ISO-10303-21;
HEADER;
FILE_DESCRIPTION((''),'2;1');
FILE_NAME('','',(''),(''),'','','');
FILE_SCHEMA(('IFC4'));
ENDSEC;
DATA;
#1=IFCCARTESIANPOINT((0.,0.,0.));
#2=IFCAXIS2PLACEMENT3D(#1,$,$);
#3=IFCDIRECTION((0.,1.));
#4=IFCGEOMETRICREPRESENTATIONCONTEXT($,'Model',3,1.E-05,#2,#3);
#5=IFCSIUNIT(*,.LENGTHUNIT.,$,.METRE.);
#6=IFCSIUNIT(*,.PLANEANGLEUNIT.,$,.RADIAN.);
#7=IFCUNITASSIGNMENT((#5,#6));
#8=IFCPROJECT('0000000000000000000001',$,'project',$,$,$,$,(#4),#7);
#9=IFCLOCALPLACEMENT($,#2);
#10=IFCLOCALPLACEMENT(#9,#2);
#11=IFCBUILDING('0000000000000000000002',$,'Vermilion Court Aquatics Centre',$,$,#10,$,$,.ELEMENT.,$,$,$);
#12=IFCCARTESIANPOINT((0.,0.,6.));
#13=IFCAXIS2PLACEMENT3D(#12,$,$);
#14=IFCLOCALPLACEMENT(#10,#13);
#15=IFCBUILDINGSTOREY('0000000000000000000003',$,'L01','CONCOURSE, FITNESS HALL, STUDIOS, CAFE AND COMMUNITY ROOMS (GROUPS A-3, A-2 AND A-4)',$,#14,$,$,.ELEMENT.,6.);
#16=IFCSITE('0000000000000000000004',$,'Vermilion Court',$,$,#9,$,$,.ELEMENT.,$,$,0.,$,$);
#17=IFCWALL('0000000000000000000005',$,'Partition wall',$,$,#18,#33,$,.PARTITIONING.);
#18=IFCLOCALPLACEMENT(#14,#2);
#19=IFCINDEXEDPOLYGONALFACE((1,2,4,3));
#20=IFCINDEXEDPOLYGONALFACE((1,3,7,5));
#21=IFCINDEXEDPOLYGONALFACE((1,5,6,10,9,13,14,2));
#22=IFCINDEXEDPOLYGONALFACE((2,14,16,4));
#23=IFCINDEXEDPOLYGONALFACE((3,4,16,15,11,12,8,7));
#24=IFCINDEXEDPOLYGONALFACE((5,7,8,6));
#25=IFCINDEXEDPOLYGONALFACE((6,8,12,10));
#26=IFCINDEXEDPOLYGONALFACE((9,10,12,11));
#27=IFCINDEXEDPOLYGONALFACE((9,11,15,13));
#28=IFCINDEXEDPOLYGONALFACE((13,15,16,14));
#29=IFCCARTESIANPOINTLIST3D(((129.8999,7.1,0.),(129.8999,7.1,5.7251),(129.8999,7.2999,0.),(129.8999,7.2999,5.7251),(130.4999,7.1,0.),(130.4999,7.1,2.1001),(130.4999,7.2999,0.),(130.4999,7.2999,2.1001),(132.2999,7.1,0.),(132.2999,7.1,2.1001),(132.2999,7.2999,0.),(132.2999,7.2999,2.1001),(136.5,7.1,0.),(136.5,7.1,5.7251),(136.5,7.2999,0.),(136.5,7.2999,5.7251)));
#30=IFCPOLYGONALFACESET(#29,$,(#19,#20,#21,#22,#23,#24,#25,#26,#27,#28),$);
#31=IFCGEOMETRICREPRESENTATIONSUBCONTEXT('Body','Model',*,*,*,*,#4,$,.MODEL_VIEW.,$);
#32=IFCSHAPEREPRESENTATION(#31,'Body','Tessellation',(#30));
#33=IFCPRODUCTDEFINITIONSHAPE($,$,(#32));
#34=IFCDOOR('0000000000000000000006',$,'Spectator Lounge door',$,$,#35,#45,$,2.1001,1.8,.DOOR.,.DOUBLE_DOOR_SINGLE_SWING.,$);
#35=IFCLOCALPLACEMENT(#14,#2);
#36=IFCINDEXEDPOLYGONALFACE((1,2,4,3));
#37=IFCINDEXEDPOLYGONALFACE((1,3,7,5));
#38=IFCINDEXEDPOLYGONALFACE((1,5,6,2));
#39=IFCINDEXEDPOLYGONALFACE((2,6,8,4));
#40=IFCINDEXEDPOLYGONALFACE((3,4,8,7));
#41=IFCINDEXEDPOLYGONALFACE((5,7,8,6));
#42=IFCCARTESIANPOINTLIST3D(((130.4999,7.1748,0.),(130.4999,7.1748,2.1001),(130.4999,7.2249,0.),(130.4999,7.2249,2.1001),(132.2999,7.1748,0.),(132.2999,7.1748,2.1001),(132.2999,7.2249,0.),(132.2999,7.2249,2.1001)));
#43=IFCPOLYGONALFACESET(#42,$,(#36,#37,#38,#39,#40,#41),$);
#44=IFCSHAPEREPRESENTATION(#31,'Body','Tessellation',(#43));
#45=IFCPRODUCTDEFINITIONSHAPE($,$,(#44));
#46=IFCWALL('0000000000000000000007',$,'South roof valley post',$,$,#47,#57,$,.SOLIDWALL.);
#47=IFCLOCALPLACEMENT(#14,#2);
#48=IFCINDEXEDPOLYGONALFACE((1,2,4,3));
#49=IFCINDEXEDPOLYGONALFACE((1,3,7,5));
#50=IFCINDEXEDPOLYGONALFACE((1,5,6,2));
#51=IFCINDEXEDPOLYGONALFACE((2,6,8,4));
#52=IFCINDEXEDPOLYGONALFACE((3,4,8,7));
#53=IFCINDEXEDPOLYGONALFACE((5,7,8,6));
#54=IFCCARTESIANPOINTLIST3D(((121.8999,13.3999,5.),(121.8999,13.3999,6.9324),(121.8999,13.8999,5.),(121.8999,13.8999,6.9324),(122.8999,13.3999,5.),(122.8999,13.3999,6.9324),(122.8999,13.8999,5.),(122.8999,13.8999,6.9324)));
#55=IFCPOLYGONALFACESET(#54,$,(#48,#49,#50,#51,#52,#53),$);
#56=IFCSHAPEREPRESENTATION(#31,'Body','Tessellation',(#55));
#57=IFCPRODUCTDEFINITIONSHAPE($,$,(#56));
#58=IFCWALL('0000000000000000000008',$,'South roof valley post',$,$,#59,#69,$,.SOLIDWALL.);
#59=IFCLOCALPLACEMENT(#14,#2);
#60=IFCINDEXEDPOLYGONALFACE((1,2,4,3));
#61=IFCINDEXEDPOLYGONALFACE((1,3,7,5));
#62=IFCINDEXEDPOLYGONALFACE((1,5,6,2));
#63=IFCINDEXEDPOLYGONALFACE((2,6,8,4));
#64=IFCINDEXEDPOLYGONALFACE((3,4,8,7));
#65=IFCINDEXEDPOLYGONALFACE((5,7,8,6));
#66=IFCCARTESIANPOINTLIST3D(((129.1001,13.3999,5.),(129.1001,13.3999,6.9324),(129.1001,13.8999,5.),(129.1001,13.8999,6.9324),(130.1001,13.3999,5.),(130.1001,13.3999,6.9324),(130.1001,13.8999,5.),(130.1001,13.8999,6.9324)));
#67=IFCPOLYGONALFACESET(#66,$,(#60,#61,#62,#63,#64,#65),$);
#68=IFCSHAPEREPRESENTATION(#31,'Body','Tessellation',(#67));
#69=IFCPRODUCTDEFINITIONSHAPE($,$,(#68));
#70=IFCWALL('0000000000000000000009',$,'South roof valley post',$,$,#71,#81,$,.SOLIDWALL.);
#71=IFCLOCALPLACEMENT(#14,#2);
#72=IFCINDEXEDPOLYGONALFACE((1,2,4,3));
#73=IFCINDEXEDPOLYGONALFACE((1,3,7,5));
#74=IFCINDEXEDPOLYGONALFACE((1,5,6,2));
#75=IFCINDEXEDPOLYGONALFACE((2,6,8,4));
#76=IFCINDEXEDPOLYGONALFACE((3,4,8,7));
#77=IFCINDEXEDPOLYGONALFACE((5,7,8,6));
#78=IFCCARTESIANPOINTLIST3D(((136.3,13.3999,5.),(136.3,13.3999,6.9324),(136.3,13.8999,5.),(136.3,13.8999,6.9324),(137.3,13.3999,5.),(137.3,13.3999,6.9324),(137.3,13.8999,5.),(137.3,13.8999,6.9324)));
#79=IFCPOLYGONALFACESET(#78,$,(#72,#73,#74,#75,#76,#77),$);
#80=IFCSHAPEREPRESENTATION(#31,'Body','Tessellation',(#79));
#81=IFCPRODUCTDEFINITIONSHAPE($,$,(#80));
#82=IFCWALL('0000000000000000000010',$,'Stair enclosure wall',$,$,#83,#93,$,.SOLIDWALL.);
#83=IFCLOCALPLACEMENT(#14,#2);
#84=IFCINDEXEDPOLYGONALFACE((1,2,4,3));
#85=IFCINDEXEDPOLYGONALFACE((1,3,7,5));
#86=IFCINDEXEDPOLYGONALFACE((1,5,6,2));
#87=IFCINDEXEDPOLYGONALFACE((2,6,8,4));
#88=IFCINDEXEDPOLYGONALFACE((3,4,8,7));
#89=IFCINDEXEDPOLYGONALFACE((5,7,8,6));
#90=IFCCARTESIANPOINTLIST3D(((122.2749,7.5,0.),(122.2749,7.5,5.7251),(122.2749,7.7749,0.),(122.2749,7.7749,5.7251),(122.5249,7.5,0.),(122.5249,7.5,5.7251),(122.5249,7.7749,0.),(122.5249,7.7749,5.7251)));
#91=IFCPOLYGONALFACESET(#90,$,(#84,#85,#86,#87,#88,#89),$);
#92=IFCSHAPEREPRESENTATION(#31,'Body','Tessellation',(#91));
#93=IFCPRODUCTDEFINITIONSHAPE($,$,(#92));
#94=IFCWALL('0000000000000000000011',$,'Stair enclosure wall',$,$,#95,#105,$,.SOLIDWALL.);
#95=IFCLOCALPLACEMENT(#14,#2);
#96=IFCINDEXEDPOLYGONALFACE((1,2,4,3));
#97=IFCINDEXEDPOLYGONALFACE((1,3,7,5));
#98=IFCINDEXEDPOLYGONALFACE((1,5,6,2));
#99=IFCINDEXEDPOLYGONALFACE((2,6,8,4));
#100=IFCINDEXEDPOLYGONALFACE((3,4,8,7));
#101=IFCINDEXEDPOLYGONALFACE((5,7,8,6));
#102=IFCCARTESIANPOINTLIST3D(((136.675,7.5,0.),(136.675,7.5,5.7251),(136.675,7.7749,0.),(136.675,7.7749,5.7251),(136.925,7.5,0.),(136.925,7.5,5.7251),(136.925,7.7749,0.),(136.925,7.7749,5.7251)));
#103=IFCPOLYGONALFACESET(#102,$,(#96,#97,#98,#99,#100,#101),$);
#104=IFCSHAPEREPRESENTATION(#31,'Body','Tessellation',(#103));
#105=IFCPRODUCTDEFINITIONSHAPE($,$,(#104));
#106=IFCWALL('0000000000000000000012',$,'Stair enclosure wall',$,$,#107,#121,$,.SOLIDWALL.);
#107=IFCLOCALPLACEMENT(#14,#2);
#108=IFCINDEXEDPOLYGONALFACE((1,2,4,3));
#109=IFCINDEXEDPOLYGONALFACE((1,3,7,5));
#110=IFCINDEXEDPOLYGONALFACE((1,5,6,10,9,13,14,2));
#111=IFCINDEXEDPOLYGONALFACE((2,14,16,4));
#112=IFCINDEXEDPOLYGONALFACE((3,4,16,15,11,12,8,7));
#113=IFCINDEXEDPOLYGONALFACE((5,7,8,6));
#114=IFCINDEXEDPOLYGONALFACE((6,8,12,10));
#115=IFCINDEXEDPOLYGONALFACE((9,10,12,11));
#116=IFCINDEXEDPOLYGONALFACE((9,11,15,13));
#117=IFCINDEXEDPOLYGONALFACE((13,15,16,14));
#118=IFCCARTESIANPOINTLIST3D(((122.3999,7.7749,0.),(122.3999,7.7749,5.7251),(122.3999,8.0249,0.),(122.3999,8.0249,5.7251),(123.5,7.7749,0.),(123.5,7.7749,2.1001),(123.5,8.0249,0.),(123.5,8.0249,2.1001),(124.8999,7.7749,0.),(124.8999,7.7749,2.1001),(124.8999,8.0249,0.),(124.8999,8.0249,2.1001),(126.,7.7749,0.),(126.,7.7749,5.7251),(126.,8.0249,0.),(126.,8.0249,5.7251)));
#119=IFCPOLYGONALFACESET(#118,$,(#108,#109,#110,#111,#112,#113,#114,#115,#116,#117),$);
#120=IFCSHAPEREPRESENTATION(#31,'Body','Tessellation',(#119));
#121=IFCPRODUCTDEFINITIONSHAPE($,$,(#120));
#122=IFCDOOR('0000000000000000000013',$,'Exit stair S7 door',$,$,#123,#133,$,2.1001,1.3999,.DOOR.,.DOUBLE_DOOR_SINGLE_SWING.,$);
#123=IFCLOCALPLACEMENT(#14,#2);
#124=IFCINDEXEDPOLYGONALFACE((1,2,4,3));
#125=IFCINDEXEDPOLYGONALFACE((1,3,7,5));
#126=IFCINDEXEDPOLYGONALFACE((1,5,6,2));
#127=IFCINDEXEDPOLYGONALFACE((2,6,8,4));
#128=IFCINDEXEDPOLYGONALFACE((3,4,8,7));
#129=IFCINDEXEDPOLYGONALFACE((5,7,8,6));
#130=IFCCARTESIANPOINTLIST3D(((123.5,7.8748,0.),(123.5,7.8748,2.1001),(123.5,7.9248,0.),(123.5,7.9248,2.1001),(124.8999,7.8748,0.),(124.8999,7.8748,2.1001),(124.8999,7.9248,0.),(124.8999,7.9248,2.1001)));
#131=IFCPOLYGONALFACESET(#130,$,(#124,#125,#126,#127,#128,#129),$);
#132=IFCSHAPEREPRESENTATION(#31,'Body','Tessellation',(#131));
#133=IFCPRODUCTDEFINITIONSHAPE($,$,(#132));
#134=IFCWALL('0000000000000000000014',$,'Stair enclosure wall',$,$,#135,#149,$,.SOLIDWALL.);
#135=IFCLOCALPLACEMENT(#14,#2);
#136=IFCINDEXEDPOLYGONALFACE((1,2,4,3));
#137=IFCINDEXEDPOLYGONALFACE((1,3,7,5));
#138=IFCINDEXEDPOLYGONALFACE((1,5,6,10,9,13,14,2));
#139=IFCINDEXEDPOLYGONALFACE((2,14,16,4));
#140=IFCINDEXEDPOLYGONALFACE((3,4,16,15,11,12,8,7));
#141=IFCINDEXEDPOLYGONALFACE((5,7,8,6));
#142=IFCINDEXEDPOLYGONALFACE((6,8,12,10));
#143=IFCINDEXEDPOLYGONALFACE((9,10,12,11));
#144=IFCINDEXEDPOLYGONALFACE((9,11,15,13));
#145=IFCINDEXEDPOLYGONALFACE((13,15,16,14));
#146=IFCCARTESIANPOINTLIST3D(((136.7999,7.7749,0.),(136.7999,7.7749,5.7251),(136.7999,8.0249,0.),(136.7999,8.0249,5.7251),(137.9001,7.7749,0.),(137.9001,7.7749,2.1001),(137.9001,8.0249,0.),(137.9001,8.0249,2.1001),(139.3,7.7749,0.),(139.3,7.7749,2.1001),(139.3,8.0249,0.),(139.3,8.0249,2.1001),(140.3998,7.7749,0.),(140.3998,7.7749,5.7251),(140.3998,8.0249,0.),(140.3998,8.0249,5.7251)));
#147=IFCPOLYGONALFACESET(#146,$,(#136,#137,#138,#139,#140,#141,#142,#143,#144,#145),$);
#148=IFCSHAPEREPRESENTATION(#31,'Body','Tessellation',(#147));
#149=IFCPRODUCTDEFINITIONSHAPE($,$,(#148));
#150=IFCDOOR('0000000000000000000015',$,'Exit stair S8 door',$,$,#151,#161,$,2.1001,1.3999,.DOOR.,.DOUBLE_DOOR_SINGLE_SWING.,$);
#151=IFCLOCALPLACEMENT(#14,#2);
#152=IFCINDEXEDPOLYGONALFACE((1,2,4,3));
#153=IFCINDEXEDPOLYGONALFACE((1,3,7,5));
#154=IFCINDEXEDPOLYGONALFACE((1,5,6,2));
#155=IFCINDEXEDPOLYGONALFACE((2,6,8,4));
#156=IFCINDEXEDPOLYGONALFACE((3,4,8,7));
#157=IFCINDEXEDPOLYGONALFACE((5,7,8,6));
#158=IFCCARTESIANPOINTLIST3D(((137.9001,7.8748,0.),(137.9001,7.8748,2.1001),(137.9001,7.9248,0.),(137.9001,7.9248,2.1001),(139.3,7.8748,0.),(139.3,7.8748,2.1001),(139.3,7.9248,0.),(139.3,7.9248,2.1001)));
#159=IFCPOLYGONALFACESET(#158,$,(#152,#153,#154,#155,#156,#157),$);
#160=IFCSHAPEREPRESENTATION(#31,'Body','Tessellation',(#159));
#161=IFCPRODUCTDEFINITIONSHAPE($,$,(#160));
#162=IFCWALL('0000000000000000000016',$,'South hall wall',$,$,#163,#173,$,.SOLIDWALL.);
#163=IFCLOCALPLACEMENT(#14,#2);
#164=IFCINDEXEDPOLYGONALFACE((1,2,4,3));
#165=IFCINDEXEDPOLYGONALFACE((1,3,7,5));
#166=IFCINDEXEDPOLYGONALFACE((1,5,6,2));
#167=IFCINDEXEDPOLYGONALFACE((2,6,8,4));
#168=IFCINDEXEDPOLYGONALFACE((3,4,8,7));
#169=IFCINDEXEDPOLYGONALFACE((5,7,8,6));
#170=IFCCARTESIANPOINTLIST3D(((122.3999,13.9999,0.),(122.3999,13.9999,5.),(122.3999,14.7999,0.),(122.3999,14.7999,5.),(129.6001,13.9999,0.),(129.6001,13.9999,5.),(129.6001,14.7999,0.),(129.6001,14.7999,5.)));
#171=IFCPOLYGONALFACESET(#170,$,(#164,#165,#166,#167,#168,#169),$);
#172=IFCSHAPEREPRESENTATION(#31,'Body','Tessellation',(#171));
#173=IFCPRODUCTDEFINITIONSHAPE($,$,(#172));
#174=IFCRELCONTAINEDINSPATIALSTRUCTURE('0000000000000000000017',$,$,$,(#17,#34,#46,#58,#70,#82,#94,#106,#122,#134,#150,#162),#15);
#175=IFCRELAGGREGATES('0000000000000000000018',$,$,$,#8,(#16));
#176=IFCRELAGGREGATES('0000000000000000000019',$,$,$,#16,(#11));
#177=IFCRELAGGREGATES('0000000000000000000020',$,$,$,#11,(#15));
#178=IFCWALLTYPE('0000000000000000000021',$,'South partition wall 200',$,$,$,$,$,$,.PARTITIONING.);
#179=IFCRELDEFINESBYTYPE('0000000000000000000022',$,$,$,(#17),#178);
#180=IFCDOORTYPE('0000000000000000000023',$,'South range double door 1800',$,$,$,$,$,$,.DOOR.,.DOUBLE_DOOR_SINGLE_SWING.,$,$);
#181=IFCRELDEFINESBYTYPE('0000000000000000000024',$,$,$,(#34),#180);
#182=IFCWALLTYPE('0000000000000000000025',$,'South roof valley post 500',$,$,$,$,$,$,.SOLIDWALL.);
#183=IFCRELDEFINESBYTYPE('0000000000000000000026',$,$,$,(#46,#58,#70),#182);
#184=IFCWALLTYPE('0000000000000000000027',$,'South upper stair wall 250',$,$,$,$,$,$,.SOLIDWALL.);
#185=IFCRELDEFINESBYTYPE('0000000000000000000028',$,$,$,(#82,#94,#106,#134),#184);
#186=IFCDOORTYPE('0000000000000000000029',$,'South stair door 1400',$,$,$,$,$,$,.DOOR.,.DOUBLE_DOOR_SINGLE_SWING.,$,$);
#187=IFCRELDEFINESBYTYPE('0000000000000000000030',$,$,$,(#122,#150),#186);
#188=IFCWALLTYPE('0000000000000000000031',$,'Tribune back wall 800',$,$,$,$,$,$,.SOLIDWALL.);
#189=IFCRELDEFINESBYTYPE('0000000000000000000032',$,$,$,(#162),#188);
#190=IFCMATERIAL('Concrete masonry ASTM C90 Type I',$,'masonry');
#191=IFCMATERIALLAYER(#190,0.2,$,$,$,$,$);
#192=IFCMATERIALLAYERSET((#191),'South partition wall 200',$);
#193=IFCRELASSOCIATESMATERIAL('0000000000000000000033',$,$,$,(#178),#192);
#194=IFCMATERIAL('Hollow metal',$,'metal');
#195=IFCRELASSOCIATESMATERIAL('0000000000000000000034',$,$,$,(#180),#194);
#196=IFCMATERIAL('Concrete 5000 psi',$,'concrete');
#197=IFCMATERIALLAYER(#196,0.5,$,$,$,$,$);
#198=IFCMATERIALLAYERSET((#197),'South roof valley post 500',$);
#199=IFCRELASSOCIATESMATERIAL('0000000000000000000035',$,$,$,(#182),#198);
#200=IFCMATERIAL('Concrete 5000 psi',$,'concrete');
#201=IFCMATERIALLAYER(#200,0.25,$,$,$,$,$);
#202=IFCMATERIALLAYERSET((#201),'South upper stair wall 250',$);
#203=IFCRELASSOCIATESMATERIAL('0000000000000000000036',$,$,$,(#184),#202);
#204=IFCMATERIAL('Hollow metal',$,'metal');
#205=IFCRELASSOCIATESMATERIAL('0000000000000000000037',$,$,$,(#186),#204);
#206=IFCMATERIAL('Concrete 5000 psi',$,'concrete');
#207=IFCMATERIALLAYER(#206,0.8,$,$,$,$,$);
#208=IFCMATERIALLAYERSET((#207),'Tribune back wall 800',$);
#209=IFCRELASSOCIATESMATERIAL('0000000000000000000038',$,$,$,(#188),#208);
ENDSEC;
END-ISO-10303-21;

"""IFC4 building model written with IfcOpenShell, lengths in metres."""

from ifc_helpers import new_model, si_unit, direction, frame, frame_2d, origin, place, context, subcontext, project, spatial, rectangle, extrude, material, layer, layer_set, type_object, element, fill, save


model = new_model("IFC4")

# Units and contexts
model_context = context("Model", 3, precision=1e-05, world=origin(), true_north=direction((0.0, 1.0)))
body_context = subcontext(model_context, "Body", "Model", "MODEL_VIEW")
ifc_project = project(units=[si_unit("LENGTHUNIT", "METRE"), si_unit("PLANEANGLEUNIT", "RADIAN")], contexts=[model_context])

# Site, building, storey
site_placement = place(None, origin())
site = spatial("IfcSite", under=ifc_project, at=site_placement, Name="Vermilion Court", CompositionType="ELEMENT", RefElevation=0.0)
building_placement = place(site_placement, origin())
building = spatial("IfcBuilding", under=site, at=building_placement, Name="Vermilion Court Aquatics Centre", CompositionType="ELEMENT")
storey_placement = place(building_placement, frame((0.0, 0.0, 6.0)))
storey = spatial("IfcBuildingStorey", under=building, at=storey_placement, Name="L01", Description="CONCOURSE, FITNESS HALL, STUDIOS, CAFE AND COMMUNITY ROOMS (GROUPS A-3, A-2 AND A-4)", CompositionType="ELEMENT", Elevation=6.0)

# Shared definitions
ifc_material_1 = material(Name="Concrete masonry ASTM C90 Type I", Category="masonry")
ifc_layer_1 = layer(ifc_material_1, 0.2)
ifc_layer_set_1 = layer_set([ifc_layer_1], Name="South partition wall 200")
wall_type_1 = type_object("IfcWallType", Name="South partition wall 200", PredefinedType="PARTITIONING", material=ifc_layer_set_1)

# Wall, opening, door
wall_1_placement = place(storey_placement, frame((129.8999, 7.2, 0.0), z_axis=(0.0, 0.0, 1.0), x_axis=(1.0, 0.0, 0.0)))
wall_1 = element("IfcWall", 1, at=wall_1_placement, inside=storey, type_object=wall_type_1, Name="Partition wall", PredefinedType="PARTITIONING", context=body_context, shape_type="SweptSolid", body=[
    extrude(rectangle(XDim=6.6001, YDim=0.2, at=frame_2d((3.3, 0.0))), origin(), (0.0, 0.0, 1.0), 5.7251),
])
opening_1_placement = place(wall_1_placement, frame((0.6001, 0.0, 0.0)))
opening_1 = element("IfcOpeningElement", 2, at=opening_1_placement, cuts=wall_1, PredefinedType="OPENING", context=body_context, shape_type="SweptSolid", body=[
    extrude(rectangle(XDim=1.8, YDim=2.1001, at=frame_2d((0.8999, 1.05))), frame((0.0, 0.1099, 0.0), z_axis=(0.0, -1.0, 0.0), x_axis=(1.0, 0.0, 0.0)), (0.0, 0.0, 1.0), 0.22),
])
ifc_material_2 = material(Name="Hollow metal", Category="metal")
door_type_1 = type_object("IfcDoorType", Name="South range double door 1800", OperationType="DOUBLE_DOOR_SINGLE_SWING", PredefinedType="DOOR", material=ifc_material_2)
door_1_placement = place(opening_1_placement, origin())
door_1 = element("IfcDoor", 3, at=door_1_placement, inside=storey, type_object=door_type_1, Name="Spectator Lounge door", OperationType="DOUBLE_DOOR_SINGLE_SWING", OverallHeight=2.1001, OverallWidth=1.8, PredefinedType="DOOR", context=body_context, shape_type="SweptSolid", body=[
    extrude(rectangle(XDim=1.8, YDim=2.1001, at=frame_2d((0.8999, 1.05))), frame((0.0, 0.0249, 0.0), z_axis=(0.0, -1.0, 0.0), x_axis=(1.0, 0.0, 0.0)), (0.0, 0.0, 1.0), 0.05),
])
fill(opening_1, door_1)

# Walls
ifc_material_3 = material(Name="Concrete 5000 psi", Category="concrete")
ifc_layer_2 = layer(ifc_material_3, 0.5)
ifc_layer_set_2 = layer_set([ifc_layer_2], Name="South roof valley post 500")
wall_type_2 = type_object("IfcWallType", Name="South roof valley post 500", PredefinedType="SOLIDWALL", material=ifc_layer_set_2)
for number, where, z_axis, x_axis, name in (
    (4, (121.8999, 13.6499, 5.0), (0.0, 0.0, 1.0), (1.0, 0.0, 0.0), "South roof valley post"),
    (5, (129.1001, 13.6499, 5.0), (0.0, 0.0, 1.0), (1.0, 0.0, 0.0), "South roof valley post"),
    (6, (136.3, 13.6499, 5.0), (0.0, 0.0, 1.0), (1.0, 0.0, 0.0), "South roof valley post"),
):
    element("IfcWall", number, at=place(storey_placement, frame(where, z_axis=z_axis, x_axis=x_axis)), inside=storey, type_object=wall_type_2, Name=name, PredefinedType="SOLIDWALL", context=body_context, shape_type="SweptSolid", body=[
        extrude(rectangle(XDim=1.0, YDim=0.5, at=frame_2d((0.5, 0.0))), origin(), (0.0, 0.0, 1.0), 1.9324),
    ])
ifc_material_4 = material(Name="Concrete 5000 psi", Category="concrete")
ifc_layer_3 = layer(ifc_material_4, 0.25)
ifc_layer_set_3 = layer_set([ifc_layer_3], Name="South upper stair wall 250")
wall_type_3 = type_object("IfcWallType", Name="South upper stair wall 250", PredefinedType="SOLIDWALL", material=ifc_layer_set_3)
for number, where, z_axis, x_axis, name in (
    (7, (122.3999, 7.5, 0.0), (0.0, 0.0, 1.0), (0.0, 1.0, 0.0), "Stair enclosure wall"),
    (8, (136.8, 7.5, 0.0), (0.0, 0.0, 1.0), (0.0, 1.0, 0.0), "Stair enclosure wall"),
):
    element("IfcWall", number, at=place(storey_placement, frame(where, z_axis=z_axis, x_axis=x_axis)), inside=storey, type_object=wall_type_3, Name=name, PredefinedType="SOLIDWALL", context=body_context, shape_type="SweptSolid", body=[
        extrude(rectangle(XDim=0.2749, YDim=0.25, at=frame_2d((0.1375, 0.0))), origin(), (0.0, 0.0, 1.0), 5.7251),
    ])

# Walls, openings, doors
wall_2_placement = place(storey_placement, frame((122.3999, 7.8999, 0.0), z_axis=(0.0, 0.0, 1.0), x_axis=(1.0, 0.0, 0.0)))
wall_2 = element("IfcWall", 9, at=wall_2_placement, inside=storey, type_object=wall_type_3, Name="Stair enclosure wall", PredefinedType="SOLIDWALL", context=body_context, shape_type="SweptSolid", body=[
    extrude(rectangle(XDim=3.6001, YDim=0.25, at=frame_2d((1.8, 0.0))), origin(), (0.0, 0.0, 1.0), 5.7251),
])
opening_2_placement = place(wall_2_placement, frame((1.1001, 0.0, 0.0)))
opening_2 = element("IfcOpeningElement", 10, at=opening_2_placement, cuts=wall_2, PredefinedType="OPENING", context=body_context, shape_type="SweptSolid", body=[
    extrude(rectangle(XDim=1.3999, YDim=2.1001, at=frame_2d((0.7, 1.05))), frame((0.0, 0.135, 0.0), z_axis=(0.0, -1.0, 0.0), x_axis=(1.0, 0.0, 0.0)), (0.0, 0.0, 1.0), 0.27),
])
ifc_material_5 = material(Name="Hollow metal", Category="metal")
door_type_2 = type_object("IfcDoorType", Name="South stair door 1400", OperationType="DOUBLE_DOOR_SINGLE_SWING", PredefinedType="DOOR", material=ifc_material_5)
door_2_placement = place(opening_2_placement, frame((1.3999, 0.0, 0.0), z_axis=(0.0, 0.0, 1.0), x_axis=(-1.0, 0.0, 0.0)))
door_2 = element("IfcDoor", 11, at=door_2_placement, inside=storey, type_object=door_type_2, Name="Exit stair S7 door", OperationType="DOUBLE_DOOR_SINGLE_SWING", OverallHeight=2.1001, OverallWidth=1.3999, PredefinedType="DOOR", context=body_context, shape_type="SweptSolid", body=[
    extrude(rectangle(XDim=1.3999, YDim=2.1001, at=frame_2d((0.7, 1.05))), frame((0.0, 0.0251, 0.0), z_axis=(0.0, -1.0, 0.0), x_axis=(1.0, 0.0, 0.0)), (0.0, 0.0, 1.0), 0.05),
])
fill(opening_2, door_2)
wall_3_placement = place(storey_placement, frame((136.8, 7.8999, 0.0), z_axis=(0.0, 0.0, 1.0), x_axis=(1.0, 0.0, 0.0)))
wall_3 = element("IfcWall", 12, at=wall_3_placement, inside=storey, type_object=wall_type_3, Name="Stair enclosure wall", PredefinedType="SOLIDWALL", context=body_context, shape_type="SweptSolid", body=[
    extrude(rectangle(XDim=3.5999, YDim=0.25, at=frame_2d((1.7998, 0.0))), origin(), (0.0, 0.0, 1.0), 5.7251),
])
opening_3_placement = place(wall_3_placement, frame((1.1001, 0.0, 0.0)))
opening_3 = element("IfcOpeningElement", 13, at=opening_3_placement, cuts=wall_3, PredefinedType="OPENING", context=body_context, shape_type="SweptSolid", body=[
    extrude(rectangle(XDim=1.3999, YDim=2.1001, at=frame_2d((0.7, 1.05))), frame((0.0, 0.135, 0.0), z_axis=(0.0, -1.0, 0.0), x_axis=(1.0, 0.0, 0.0)), (0.0, 0.0, 1.0), 0.27),
])
door_3_placement = place(opening_3_placement, frame((1.3999, 0.0, 0.0), z_axis=(0.0, 0.0, 1.0), x_axis=(-1.0, 0.0, 0.0)))
door_3 = element("IfcDoor", 14, at=door_3_placement, inside=storey, type_object=door_type_2, Name="Exit stair S8 door", OperationType="DOUBLE_DOOR_SINGLE_SWING", OverallHeight=2.1001, OverallWidth=1.3999, PredefinedType="DOOR", context=body_context, shape_type="SweptSolid", body=[
    extrude(rectangle(XDim=1.3999, YDim=2.1001, at=frame_2d((0.7, 1.05))), frame((0.0, 0.0251, 0.0), z_axis=(0.0, -1.0, 0.0), x_axis=(1.0, 0.0, 0.0)), (0.0, 0.0, 1.0), 0.05),
])
fill(opening_3, door_3)

# Wall
ifc_material_6 = material(Name="Concrete 5000 psi", Category="concrete")
ifc_layer_4 = layer(ifc_material_6, 0.8)
ifc_layer_set_4 = layer_set([ifc_layer_4], Name="Tribune back wall 800")
wall_type_4 = type_object("IfcWallType", Name="Tribune back wall 800", PredefinedType="SOLIDWALL", material=ifc_layer_set_4)
wall_4_placement = place(storey_placement, frame((122.3999, 14.3999, 0.0), z_axis=(0.0, 0.0, 1.0), x_axis=(1.0, 0.0, 0.0)))
element("IfcWall", 15, at=wall_4_placement, inside=storey, type_object=wall_type_4, Name="South hall wall", PredefinedType="SOLIDWALL", context=body_context, shape_type="SweptSolid", body=[
    extrude(rectangle(XDim=7.2002, YDim=0.8, at=frame_2d((3.6001, 0.0))), origin(), (0.0, 0.0, 1.0), 5.0),
])

save(model, "model.ifc")
